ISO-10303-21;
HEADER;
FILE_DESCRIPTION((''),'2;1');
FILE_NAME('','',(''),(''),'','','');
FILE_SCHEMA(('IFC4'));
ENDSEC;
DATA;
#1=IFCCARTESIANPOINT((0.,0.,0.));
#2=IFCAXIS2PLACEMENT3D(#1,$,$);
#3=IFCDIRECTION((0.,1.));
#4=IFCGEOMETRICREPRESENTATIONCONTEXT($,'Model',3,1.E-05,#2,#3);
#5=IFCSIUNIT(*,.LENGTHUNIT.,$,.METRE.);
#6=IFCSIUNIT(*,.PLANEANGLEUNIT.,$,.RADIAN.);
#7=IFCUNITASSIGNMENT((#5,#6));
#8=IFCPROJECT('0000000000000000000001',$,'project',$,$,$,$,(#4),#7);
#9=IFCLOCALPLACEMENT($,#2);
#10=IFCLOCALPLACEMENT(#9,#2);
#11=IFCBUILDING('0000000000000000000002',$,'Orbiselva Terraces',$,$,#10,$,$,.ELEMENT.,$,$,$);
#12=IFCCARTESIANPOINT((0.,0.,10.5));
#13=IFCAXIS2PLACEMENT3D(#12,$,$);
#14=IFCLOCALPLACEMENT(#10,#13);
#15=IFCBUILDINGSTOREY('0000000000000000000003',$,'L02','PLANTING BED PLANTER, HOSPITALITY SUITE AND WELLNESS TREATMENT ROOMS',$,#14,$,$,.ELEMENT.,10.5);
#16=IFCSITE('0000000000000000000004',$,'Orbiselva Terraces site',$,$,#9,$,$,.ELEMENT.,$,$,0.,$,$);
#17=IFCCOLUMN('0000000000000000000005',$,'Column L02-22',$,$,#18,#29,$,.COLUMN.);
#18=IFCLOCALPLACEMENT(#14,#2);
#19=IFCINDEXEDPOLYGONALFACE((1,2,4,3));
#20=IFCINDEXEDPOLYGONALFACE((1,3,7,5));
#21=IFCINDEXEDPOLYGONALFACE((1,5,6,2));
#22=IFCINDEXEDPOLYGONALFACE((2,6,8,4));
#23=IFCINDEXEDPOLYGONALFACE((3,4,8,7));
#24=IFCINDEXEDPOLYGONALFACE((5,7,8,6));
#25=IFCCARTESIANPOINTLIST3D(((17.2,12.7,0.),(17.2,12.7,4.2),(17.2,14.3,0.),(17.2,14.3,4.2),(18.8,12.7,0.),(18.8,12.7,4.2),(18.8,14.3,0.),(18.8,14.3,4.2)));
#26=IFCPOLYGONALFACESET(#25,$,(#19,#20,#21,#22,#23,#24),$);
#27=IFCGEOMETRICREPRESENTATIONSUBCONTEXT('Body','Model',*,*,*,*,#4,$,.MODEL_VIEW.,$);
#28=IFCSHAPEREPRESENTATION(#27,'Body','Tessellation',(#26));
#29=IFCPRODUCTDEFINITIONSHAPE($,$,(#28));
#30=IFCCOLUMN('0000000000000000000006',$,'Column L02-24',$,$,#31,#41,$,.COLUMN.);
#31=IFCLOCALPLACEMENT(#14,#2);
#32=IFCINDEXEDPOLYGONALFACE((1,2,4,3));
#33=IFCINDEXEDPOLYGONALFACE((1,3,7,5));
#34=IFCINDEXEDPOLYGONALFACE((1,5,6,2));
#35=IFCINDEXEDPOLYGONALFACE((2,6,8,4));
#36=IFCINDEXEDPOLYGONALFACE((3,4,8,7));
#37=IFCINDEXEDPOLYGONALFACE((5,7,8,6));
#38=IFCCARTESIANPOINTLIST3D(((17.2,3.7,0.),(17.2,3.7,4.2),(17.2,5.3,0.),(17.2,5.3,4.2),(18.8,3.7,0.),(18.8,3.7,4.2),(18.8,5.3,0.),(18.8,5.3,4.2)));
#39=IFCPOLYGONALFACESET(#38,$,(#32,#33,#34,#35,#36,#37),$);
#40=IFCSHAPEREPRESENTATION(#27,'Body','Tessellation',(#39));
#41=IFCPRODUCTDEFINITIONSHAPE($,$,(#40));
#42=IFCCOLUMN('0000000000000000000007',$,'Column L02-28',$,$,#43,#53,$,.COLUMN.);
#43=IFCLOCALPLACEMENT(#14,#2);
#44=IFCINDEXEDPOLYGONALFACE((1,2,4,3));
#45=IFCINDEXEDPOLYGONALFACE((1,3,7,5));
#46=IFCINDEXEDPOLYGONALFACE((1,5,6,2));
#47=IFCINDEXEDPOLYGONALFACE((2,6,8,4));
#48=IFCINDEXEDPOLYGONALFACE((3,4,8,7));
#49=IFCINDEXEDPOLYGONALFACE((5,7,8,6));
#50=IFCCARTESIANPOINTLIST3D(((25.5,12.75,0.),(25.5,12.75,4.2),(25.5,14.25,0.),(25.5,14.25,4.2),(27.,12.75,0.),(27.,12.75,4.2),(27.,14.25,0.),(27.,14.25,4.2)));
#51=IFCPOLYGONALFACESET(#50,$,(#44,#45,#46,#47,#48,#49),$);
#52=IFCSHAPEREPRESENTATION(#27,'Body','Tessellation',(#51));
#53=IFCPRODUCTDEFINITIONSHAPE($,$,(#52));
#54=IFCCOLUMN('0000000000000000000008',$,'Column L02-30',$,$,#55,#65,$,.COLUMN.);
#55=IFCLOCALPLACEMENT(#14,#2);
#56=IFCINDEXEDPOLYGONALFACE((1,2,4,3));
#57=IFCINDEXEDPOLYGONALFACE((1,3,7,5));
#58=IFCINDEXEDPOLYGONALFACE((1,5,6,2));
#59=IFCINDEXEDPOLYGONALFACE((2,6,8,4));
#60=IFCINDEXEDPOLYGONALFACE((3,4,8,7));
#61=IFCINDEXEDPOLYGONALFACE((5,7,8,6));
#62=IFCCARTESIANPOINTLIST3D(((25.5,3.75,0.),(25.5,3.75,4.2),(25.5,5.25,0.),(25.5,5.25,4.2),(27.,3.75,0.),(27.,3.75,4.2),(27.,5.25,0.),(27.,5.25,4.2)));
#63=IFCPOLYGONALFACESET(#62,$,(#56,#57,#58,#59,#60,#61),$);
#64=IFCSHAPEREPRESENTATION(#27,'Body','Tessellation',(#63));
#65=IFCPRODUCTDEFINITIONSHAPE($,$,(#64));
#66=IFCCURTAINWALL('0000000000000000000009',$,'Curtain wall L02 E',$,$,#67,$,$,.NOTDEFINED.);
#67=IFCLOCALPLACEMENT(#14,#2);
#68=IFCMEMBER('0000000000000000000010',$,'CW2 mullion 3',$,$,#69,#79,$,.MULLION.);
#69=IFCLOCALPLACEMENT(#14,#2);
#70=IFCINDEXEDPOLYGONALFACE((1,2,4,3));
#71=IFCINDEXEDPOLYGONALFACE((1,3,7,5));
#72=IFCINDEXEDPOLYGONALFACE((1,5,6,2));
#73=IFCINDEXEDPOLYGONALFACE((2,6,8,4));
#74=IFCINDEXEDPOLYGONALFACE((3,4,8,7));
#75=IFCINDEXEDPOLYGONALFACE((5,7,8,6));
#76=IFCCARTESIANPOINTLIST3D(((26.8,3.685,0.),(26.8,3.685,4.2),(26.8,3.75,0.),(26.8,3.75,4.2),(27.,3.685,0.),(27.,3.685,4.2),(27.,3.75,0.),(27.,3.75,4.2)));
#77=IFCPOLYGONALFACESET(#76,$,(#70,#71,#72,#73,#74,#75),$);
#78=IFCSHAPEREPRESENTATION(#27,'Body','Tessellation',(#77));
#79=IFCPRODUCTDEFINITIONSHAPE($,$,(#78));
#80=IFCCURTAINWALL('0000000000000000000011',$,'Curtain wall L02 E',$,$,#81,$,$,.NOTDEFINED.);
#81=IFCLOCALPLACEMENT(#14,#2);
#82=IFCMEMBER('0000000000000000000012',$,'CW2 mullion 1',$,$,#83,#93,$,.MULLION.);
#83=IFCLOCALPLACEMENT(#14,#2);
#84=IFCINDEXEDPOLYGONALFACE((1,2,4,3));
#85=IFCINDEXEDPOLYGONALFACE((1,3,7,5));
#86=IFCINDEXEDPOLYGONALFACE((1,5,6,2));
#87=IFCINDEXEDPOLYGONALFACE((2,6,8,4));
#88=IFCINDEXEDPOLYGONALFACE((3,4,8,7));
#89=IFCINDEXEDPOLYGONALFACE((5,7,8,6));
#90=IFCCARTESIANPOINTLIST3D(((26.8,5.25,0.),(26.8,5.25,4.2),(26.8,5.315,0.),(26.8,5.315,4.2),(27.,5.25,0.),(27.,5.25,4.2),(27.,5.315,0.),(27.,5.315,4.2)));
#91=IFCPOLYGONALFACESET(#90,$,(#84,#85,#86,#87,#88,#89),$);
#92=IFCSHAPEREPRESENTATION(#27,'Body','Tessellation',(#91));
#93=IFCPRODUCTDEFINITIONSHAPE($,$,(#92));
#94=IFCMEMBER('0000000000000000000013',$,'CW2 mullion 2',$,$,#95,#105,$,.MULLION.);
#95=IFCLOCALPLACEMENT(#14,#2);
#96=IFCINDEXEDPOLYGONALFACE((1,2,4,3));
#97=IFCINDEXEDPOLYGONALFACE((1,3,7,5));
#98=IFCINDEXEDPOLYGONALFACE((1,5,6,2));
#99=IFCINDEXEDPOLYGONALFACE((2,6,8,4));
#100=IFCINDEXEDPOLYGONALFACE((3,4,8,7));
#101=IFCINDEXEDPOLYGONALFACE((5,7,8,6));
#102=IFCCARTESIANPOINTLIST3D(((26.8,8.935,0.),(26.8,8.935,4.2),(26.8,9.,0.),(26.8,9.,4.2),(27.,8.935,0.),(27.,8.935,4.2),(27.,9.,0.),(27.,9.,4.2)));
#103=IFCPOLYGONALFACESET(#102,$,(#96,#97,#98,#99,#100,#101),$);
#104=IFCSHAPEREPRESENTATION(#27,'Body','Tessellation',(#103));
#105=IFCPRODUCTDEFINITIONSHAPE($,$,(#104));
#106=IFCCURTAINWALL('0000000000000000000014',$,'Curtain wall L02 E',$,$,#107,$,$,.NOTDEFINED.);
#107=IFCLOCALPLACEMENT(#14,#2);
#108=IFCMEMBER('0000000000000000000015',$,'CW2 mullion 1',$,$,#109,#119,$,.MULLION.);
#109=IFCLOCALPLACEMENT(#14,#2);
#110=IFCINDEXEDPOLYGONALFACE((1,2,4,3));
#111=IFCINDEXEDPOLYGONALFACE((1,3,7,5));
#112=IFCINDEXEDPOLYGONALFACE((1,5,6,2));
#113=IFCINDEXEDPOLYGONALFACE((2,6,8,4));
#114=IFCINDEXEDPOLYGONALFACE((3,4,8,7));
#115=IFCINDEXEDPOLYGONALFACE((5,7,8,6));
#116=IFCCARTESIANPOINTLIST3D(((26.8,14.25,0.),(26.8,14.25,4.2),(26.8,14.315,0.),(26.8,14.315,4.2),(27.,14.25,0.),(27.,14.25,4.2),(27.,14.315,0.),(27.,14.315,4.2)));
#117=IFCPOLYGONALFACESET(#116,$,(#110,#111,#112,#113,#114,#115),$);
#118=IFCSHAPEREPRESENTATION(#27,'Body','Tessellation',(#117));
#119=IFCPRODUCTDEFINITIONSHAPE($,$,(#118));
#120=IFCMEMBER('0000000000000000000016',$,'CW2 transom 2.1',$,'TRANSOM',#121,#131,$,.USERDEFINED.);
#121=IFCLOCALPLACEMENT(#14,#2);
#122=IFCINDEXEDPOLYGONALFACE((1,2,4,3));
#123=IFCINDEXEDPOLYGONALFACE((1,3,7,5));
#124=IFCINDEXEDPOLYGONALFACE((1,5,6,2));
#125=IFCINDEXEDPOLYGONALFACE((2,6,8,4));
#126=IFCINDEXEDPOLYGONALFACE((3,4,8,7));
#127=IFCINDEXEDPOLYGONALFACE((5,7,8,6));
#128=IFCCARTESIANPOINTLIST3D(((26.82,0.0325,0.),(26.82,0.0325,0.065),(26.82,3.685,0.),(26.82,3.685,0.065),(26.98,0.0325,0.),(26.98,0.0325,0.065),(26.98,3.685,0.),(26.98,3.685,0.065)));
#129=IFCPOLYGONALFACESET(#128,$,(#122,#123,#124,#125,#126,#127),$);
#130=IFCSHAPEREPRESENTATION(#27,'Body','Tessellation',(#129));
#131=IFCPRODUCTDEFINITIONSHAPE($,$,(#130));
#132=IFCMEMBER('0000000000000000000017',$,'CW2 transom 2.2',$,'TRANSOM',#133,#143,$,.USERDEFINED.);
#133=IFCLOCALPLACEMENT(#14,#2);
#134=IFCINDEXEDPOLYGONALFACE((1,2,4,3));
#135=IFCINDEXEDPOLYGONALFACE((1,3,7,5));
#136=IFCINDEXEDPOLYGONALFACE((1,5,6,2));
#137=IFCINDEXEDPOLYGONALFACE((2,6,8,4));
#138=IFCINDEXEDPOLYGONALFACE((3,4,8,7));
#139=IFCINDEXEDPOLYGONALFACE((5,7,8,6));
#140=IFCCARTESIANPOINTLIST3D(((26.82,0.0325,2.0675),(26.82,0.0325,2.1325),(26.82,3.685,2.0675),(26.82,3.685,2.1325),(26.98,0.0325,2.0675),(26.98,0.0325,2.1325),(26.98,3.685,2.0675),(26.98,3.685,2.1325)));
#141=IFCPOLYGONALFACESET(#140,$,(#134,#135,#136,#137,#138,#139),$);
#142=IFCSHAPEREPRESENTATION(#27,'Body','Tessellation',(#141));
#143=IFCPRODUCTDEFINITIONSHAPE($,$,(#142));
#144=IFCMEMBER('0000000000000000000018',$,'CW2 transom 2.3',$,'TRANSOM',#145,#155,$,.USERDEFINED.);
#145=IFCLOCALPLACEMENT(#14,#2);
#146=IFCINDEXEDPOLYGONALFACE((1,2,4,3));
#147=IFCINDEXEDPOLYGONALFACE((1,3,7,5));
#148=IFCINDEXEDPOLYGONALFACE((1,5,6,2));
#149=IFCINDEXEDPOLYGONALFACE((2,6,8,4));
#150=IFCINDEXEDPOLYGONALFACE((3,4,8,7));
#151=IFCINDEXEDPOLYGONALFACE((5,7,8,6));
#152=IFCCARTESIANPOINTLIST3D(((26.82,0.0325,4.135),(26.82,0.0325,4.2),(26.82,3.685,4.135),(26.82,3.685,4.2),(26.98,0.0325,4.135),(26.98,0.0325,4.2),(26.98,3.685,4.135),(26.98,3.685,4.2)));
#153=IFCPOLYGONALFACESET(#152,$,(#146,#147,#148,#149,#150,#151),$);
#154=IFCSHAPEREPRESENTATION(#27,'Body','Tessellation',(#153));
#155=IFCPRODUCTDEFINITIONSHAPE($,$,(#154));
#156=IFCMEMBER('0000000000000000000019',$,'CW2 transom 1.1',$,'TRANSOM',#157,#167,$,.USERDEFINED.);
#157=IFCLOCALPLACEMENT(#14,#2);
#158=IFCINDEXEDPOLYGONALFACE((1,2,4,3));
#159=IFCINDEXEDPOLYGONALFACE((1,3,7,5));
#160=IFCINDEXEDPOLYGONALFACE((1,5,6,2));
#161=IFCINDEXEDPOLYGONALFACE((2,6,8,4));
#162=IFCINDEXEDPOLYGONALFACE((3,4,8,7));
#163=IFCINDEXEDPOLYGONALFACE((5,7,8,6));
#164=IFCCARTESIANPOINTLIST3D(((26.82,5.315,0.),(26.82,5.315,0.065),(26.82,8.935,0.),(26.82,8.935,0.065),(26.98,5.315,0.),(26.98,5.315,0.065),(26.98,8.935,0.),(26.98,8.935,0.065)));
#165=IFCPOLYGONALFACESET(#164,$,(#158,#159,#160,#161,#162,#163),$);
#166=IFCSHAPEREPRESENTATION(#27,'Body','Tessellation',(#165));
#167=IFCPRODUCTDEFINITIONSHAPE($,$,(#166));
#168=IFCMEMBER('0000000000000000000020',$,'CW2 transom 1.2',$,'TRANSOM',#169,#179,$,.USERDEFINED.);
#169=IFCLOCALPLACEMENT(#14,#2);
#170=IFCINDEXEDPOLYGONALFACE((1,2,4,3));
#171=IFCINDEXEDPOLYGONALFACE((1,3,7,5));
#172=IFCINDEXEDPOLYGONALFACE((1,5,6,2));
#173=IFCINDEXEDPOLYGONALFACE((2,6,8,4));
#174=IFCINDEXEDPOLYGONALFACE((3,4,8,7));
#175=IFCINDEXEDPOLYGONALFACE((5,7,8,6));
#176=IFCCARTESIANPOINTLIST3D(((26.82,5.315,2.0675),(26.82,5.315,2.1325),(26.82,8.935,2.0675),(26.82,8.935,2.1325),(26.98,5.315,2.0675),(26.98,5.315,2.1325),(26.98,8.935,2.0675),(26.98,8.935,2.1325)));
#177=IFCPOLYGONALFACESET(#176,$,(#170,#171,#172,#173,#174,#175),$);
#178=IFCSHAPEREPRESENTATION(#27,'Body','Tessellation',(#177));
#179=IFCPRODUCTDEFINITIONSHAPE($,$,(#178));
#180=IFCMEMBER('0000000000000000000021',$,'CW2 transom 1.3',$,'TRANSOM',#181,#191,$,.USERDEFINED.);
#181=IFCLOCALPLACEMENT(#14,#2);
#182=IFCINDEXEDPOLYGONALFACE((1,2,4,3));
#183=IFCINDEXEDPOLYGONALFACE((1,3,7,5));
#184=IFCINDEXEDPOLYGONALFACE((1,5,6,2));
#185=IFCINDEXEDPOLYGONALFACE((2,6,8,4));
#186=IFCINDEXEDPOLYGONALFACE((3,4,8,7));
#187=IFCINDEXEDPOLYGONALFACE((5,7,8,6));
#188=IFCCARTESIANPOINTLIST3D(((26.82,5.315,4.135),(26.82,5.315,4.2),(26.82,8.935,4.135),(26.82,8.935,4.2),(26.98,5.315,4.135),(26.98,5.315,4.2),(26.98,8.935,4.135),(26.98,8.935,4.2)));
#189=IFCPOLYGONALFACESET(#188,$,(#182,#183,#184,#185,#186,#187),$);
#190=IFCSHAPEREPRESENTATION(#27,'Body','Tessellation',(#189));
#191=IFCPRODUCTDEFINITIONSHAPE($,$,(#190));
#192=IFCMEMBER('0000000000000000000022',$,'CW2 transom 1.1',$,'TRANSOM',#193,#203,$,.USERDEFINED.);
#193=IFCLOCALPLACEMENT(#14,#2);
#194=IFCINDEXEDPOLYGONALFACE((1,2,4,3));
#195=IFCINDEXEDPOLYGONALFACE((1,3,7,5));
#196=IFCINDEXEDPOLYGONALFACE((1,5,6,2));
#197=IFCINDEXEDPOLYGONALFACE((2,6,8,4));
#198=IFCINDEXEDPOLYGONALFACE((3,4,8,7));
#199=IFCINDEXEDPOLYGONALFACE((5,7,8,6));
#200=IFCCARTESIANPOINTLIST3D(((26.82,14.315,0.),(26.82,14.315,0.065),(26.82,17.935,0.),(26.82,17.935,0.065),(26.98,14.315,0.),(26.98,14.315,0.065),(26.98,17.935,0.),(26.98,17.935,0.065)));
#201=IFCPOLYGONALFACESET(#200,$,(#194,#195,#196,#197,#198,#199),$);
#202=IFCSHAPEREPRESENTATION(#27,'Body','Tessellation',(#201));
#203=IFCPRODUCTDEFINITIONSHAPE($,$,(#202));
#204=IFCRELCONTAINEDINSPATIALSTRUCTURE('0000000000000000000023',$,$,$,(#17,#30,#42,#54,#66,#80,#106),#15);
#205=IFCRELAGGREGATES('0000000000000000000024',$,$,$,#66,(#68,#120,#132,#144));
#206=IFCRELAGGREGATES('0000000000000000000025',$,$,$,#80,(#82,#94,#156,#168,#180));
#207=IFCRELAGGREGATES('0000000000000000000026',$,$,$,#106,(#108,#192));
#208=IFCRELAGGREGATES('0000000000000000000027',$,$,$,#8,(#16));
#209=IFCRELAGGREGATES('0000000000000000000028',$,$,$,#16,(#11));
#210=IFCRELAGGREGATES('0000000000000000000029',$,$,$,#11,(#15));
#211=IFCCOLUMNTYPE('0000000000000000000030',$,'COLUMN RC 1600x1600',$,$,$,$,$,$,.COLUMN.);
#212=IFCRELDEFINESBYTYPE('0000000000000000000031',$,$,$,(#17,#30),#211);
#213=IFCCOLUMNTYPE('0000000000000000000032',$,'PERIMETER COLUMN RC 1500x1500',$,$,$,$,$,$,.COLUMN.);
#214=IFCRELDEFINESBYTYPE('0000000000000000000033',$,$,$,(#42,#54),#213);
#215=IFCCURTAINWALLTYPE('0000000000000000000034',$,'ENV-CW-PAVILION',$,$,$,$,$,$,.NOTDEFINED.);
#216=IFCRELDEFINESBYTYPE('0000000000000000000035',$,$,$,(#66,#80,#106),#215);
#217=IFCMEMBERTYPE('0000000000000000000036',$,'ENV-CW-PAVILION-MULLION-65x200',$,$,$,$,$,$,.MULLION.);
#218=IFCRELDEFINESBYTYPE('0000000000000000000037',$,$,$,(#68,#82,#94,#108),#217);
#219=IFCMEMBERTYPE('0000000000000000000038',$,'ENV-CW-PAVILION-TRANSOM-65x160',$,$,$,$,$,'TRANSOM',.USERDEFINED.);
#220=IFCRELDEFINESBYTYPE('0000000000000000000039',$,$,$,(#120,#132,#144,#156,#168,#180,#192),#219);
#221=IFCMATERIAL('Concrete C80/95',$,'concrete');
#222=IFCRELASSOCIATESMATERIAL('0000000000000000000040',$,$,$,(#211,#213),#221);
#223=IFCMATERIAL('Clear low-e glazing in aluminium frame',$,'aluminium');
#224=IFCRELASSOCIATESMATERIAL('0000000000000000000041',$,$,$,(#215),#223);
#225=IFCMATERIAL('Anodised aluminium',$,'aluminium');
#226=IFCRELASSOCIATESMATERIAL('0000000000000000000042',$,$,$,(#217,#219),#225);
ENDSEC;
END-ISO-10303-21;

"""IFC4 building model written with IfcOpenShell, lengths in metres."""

from ifc_helpers import new_model, si_unit, direction, frame, origin, origin_2d, place, context, subcontext, project, spatial, rectangle, extrude, material, material_profile, profile_set, type_object, element, aggregate, save


model = new_model("IFC4")

# Units and contexts
model_context = context("Model", 3, precision=1e-05, world=origin(), true_north=direction((0.0, 1.0)))
body_context = subcontext(model_context, "Body", "Model", "MODEL_VIEW")
ifc_project = project(units=[si_unit("LENGTHUNIT", "METRE"), si_unit("PLANEANGLEUNIT", "RADIAN")], contexts=[model_context])

# Site, building, storey
site_placement = place(None, origin())
site = spatial("IfcSite", under=ifc_project, at=site_placement, Name="Orbiselva Terraces site", CompositionType="ELEMENT", RefElevation=0.0)
building_placement = place(site_placement, origin())
building = spatial("IfcBuilding", under=site, at=building_placement, Name="Orbiselva Terraces", CompositionType="ELEMENT")
storey_placement = place(building_placement, frame((0.0, 0.0, 10.5)))
storey = spatial("IfcBuildingStorey", under=building, at=storey_placement, Name="L02", Description="PLANTING BED PLANTER, HOSPITALITY SUITE AND WELLNESS TREATMENT ROOMS", CompositionType="ELEMENT", Elevation=10.5)

# Columns
ifc_material_1 = material(Name="Concrete C80/95", Category="concrete")
ifc_material_profile_1 = material_profile(ifc_material_1, rectangle(XDim=1.6, YDim=1.6, at=origin_2d()), Name="RC 1600x1600")
ifc_profile_set_1 = profile_set([ifc_material_profile_1], Name="Concrete C80/95")
column_type_1 = type_object("IfcColumnType", Name="COLUMN RC 1600x1600", PredefinedType="COLUMN", material=ifc_profile_set_1)
for number, where, z_axis, x_axis, name in (
    (1, (18.0, 13.5, 0.0), (0.0, 0.0, 1.0), (1.0, 0.0, 0.0), "Column L02-22"),
    (2, (18.0, 4.5, 0.0), (0.0, 0.0, 1.0), (1.0, 0.0, 0.0), "Column L02-24"),
):
    element("IfcColumn", number, at=place(storey_placement, frame(where, z_axis=z_axis, x_axis=x_axis)), inside=storey, type_object=column_type_1, Name=name, PredefinedType="COLUMN", context=body_context, shape_type="SweptSolid", body=[
        extrude(rectangle(XDim=1.6, YDim=1.6, at=origin_2d()), origin(), (0.0, 0.0, 1.0), 4.2),
    ])
ifc_material_profile_2 = material_profile(ifc_material_1, rectangle(XDim=1.5, YDim=1.5, at=origin_2d()), Name="RC 1500x1500")
ifc_profile_set_2 = profile_set([ifc_material_profile_2], Name="Concrete C80/95")
column_type_2 = type_object("IfcColumnType", Name="PERIMETER COLUMN RC 1500x1500", PredefinedType="COLUMN", material=ifc_profile_set_2)
for number, where, z_axis, x_axis, name in (
    (3, (26.25, 13.5, 0.0), (0.0, 0.0, 1.0), (1.0, 0.0, 0.0), "Column L02-28"),
    (4, (26.25, 4.5, 0.0), (0.0, 0.0, 1.0), (1.0, 0.0, 0.0), "Column L02-30"),
):
    element("IfcColumn", number, at=place(storey_placement, frame(where, z_axis=z_axis, x_axis=x_axis)), inside=storey, type_object=column_type_2, Name=name, PredefinedType="COLUMN", context=body_context, shape_type="SweptSolid", body=[
        extrude(rectangle(XDim=1.5, YDim=1.5, at=origin_2d()), origin(), (0.0, 0.0, 1.0), 4.2),
    ])

# Curtain wall, member
ifc_material_2 = material(Name="Clear low-e glazing in aluminium frame", Category="aluminium")
curtain_wall_type = type_object("IfcCurtainWallType", Name="ENV-CW-PAVILION", PredefinedType="NOTDEFINED", material=ifc_material_2)
curtain_wall_1_placement = place(storey_placement, origin())
curtain_wall_1 = element("IfcCurtainWall", 5, at=curtain_wall_1_placement, inside=storey, type_object=curtain_wall_type, Name="Curtain wall L02 E", PredefinedType="NOTDEFINED")
ifc_material_3 = material(Name="Anodised aluminium", Category="aluminium")
ifc_material_profile_3 = material_profile(ifc_material_3, rectangle(XDim=0.2, YDim=0.065, at=origin_2d()), Name="AL 65x200")
ifc_profile_set_3 = profile_set([ifc_material_profile_3], Name="Anodised aluminium")
member_type_1 = type_object("IfcMemberType", Name="ENV-CW-PAVILION-MULLION-65x200", PredefinedType="MULLION", material=ifc_profile_set_3)
member_1_placement = place(storey_placement, frame((26.9, 3.7175, 0.0), z_axis=(0.0, 0.0, 1.0), x_axis=(-1.0, 0.0, 0.0)))
member_1 = element("IfcMember", 6, at=member_1_placement, type_object=member_type_1, Name="CW2 mullion 3", PredefinedType="MULLION", context=body_context, shape_type="SweptSolid", body=[
    extrude(rectangle(XDim=0.2, YDim=0.065, at=origin_2d()), origin(), (0.0, 0.0, 1.0), 4.2),
])

# Curtain wall, members
curtain_wall_2_placement = place(storey_placement, origin())
curtain_wall_2 = element("IfcCurtainWall", 7, at=curtain_wall_2_placement, inside=storey, type_object=curtain_wall_type, Name="Curtain wall L02 E", PredefinedType="NOTDEFINED")
member_2_placement = place(storey_placement, frame((26.9, 5.2825, 0.0), z_axis=(0.0, 0.0, 1.0), x_axis=(-1.0, 0.0, 0.0)))
member_2 = element("IfcMember", 8, at=member_2_placement, type_object=member_type_1, Name="CW2 mullion 1", PredefinedType="MULLION", context=body_context, shape_type="SweptSolid", body=[
    extrude(rectangle(XDim=0.2, YDim=0.065, at=origin_2d()), origin(), (0.0, 0.0, 1.0), 4.2),
])
member_3_placement = place(storey_placement, frame((26.9, 8.9675, 0.0), z_axis=(0.0, 0.0, 1.0), x_axis=(-1.0, 0.0, 0.0)))
member_3 = element("IfcMember", 9, at=member_3_placement, type_object=member_type_1, Name="CW2 mullion 2", PredefinedType="MULLION", context=body_context, shape_type="SweptSolid", body=[
    extrude(rectangle(XDim=0.2, YDim=0.065, at=origin_2d()), origin(), (0.0, 0.0, 1.0), 4.2),
])

# Curtain wall, member
curtain_wall_3_placement = place(storey_placement, origin())
curtain_wall_3 = element("IfcCurtainWall", 10, at=curtain_wall_3_placement, inside=storey, type_object=curtain_wall_type, Name="Curtain wall L02 E", PredefinedType="NOTDEFINED")
member_4_placement = place(storey_placement, frame((26.9, 14.2825, 0.0), z_axis=(0.0, 0.0, 1.0), x_axis=(-1.0, 0.0, 0.0)))
member_4 = element("IfcMember", 11, at=member_4_placement, type_object=member_type_1, Name="CW2 mullion 1", PredefinedType="MULLION", context=body_context, shape_type="SweptSolid", body=[
    extrude(rectangle(XDim=0.2, YDim=0.065, at=origin_2d()), origin(), (0.0, 0.0, 1.0), 4.2),
])

# Members
ifc_material_profile_4 = material_profile(ifc_material_3, rectangle(XDim=0.16, YDim=0.065, at=origin_2d()), Name="AL 65x160")
ifc_profile_set_4 = profile_set([ifc_material_profile_4], Name="Anodised aluminium")
member_type_2 = type_object("IfcMemberType", Name="ENV-CW-PAVILION-TRANSOM-65x160", ElementType="TRANSOM", PredefinedType="USERDEFINED", material=ifc_profile_set_4)
member_5_placement = place(storey_placement, frame((26.9, 0.0325, 0.0325), z_axis=(0.0, 1.0, 0.0), x_axis=(-1.0, 0.0, 0.0)))
member_5 = element("IfcMember", 12, at=member_5_placement, type_object=member_type_2, Name="CW2 transom 2.1", ObjectType="TRANSOM", PredefinedType="USERDEFINED", context=body_context, shape_type="SweptSolid", body=[
    extrude(rectangle(XDim=0.16, YDim=0.065, at=origin_2d()), origin(), (0.0, 0.0, 1.0), 3.6525),
])
member_6_placement = place(storey_placement, frame((26.9, 0.0325, 2.1), z_axis=(0.0, 1.0, 0.0), x_axis=(-1.0, 0.0, 0.0)))
member_6 = element("IfcMember", 13, at=member_6_placement, type_object=member_type_2, Name="CW2 transom 2.2", ObjectType="TRANSOM", PredefinedType="USERDEFINED", context=body_context, shape_type="SweptSolid", body=[
    extrude(rectangle(XDim=0.16, YDim=0.065, at=origin_2d()), origin(), (0.0, 0.0, 1.0), 3.6525),
])
member_7_placement = place(storey_placement, frame((26.9, 0.0325, 4.1675), z_axis=(0.0, 1.0, 0.0), x_axis=(-1.0, 0.0, 0.0)))
member_7 = element("IfcMember", 14, at=member_7_placement, type_object=member_type_2, Name="CW2 transom 2.3", ObjectType="TRANSOM", PredefinedType="USERDEFINED", context=body_context, shape_type="SweptSolid", body=[
    extrude(rectangle(XDim=0.16, YDim=0.065, at=origin_2d()), origin(), (0.0, 0.0, 1.0), 3.6525),
])
member_8_placement = place(storey_placement, frame((26.9, 5.315, 0.0325), z_axis=(0.0, 1.0, 0.0), x_axis=(-1.0, 0.0, 0.0)))
member_8 = element("IfcMember", 15, at=member_8_placement, type_object=member_type_2, Name="CW2 transom 1.1", ObjectType="TRANSOM", PredefinedType="USERDEFINED", context=body_context, shape_type="SweptSolid", body=[
    extrude(rectangle(XDim=0.16, YDim=0.065, at=origin_2d()), origin(), (0.0, 0.0, 1.0), 3.62),
])
member_9_placement = place(storey_placement, frame((26.9, 5.315, 2.1), z_axis=(0.0, 1.0, 0.0), x_axis=(-1.0, 0.0, 0.0)))
member_9 = element("IfcMember", 16, at=member_9_placement, type_object=member_type_2, Name="CW2 transom 1.2", ObjectType="TRANSOM", PredefinedType="USERDEFINED", context=body_context, shape_type="SweptSolid", body=[
    extrude(rectangle(XDim=0.16, YDim=0.065, at=origin_2d()), origin(), (0.0, 0.0, 1.0), 3.62),
])
member_10_placement = place(storey_placement, frame((26.9, 5.315, 4.1675), z_axis=(0.0, 1.0, 0.0), x_axis=(-1.0, 0.0, 0.0)))
member_10 = element("IfcMember", 17, at=member_10_placement, type_object=member_type_2, Name="CW2 transom 1.3", ObjectType="TRANSOM", PredefinedType="USERDEFINED", context=body_context, shape_type="SweptSolid", body=[
    extrude(rectangle(XDim=0.16, YDim=0.065, at=origin_2d()), origin(), (0.0, 0.0, 1.0), 3.62),
])
member_11_placement = place(storey_placement, frame((26.9, 14.315, 0.0325), z_axis=(0.0, 1.0, 0.0), x_axis=(-1.0, 0.0, 0.0)))
member_11 = element("IfcMember", 18, at=member_11_placement, type_object=member_type_2, Name="CW2 transom 1.1", ObjectType="TRANSOM", PredefinedType="USERDEFINED", context=body_context, shape_type="SweptSolid", body=[
    extrude(rectangle(XDim=0.16, YDim=0.065, at=origin_2d()), origin(), (0.0, 0.0, 1.0), 3.62),
])

aggregate(curtain_wall_1, [member_1, member_5, member_6, member_7])
aggregate(curtain_wall_2, [member_2, member_3, member_8, member_9, member_10])
aggregate(curtain_wall_3, [member_4, member_11])

save(model, "model.ifc")
